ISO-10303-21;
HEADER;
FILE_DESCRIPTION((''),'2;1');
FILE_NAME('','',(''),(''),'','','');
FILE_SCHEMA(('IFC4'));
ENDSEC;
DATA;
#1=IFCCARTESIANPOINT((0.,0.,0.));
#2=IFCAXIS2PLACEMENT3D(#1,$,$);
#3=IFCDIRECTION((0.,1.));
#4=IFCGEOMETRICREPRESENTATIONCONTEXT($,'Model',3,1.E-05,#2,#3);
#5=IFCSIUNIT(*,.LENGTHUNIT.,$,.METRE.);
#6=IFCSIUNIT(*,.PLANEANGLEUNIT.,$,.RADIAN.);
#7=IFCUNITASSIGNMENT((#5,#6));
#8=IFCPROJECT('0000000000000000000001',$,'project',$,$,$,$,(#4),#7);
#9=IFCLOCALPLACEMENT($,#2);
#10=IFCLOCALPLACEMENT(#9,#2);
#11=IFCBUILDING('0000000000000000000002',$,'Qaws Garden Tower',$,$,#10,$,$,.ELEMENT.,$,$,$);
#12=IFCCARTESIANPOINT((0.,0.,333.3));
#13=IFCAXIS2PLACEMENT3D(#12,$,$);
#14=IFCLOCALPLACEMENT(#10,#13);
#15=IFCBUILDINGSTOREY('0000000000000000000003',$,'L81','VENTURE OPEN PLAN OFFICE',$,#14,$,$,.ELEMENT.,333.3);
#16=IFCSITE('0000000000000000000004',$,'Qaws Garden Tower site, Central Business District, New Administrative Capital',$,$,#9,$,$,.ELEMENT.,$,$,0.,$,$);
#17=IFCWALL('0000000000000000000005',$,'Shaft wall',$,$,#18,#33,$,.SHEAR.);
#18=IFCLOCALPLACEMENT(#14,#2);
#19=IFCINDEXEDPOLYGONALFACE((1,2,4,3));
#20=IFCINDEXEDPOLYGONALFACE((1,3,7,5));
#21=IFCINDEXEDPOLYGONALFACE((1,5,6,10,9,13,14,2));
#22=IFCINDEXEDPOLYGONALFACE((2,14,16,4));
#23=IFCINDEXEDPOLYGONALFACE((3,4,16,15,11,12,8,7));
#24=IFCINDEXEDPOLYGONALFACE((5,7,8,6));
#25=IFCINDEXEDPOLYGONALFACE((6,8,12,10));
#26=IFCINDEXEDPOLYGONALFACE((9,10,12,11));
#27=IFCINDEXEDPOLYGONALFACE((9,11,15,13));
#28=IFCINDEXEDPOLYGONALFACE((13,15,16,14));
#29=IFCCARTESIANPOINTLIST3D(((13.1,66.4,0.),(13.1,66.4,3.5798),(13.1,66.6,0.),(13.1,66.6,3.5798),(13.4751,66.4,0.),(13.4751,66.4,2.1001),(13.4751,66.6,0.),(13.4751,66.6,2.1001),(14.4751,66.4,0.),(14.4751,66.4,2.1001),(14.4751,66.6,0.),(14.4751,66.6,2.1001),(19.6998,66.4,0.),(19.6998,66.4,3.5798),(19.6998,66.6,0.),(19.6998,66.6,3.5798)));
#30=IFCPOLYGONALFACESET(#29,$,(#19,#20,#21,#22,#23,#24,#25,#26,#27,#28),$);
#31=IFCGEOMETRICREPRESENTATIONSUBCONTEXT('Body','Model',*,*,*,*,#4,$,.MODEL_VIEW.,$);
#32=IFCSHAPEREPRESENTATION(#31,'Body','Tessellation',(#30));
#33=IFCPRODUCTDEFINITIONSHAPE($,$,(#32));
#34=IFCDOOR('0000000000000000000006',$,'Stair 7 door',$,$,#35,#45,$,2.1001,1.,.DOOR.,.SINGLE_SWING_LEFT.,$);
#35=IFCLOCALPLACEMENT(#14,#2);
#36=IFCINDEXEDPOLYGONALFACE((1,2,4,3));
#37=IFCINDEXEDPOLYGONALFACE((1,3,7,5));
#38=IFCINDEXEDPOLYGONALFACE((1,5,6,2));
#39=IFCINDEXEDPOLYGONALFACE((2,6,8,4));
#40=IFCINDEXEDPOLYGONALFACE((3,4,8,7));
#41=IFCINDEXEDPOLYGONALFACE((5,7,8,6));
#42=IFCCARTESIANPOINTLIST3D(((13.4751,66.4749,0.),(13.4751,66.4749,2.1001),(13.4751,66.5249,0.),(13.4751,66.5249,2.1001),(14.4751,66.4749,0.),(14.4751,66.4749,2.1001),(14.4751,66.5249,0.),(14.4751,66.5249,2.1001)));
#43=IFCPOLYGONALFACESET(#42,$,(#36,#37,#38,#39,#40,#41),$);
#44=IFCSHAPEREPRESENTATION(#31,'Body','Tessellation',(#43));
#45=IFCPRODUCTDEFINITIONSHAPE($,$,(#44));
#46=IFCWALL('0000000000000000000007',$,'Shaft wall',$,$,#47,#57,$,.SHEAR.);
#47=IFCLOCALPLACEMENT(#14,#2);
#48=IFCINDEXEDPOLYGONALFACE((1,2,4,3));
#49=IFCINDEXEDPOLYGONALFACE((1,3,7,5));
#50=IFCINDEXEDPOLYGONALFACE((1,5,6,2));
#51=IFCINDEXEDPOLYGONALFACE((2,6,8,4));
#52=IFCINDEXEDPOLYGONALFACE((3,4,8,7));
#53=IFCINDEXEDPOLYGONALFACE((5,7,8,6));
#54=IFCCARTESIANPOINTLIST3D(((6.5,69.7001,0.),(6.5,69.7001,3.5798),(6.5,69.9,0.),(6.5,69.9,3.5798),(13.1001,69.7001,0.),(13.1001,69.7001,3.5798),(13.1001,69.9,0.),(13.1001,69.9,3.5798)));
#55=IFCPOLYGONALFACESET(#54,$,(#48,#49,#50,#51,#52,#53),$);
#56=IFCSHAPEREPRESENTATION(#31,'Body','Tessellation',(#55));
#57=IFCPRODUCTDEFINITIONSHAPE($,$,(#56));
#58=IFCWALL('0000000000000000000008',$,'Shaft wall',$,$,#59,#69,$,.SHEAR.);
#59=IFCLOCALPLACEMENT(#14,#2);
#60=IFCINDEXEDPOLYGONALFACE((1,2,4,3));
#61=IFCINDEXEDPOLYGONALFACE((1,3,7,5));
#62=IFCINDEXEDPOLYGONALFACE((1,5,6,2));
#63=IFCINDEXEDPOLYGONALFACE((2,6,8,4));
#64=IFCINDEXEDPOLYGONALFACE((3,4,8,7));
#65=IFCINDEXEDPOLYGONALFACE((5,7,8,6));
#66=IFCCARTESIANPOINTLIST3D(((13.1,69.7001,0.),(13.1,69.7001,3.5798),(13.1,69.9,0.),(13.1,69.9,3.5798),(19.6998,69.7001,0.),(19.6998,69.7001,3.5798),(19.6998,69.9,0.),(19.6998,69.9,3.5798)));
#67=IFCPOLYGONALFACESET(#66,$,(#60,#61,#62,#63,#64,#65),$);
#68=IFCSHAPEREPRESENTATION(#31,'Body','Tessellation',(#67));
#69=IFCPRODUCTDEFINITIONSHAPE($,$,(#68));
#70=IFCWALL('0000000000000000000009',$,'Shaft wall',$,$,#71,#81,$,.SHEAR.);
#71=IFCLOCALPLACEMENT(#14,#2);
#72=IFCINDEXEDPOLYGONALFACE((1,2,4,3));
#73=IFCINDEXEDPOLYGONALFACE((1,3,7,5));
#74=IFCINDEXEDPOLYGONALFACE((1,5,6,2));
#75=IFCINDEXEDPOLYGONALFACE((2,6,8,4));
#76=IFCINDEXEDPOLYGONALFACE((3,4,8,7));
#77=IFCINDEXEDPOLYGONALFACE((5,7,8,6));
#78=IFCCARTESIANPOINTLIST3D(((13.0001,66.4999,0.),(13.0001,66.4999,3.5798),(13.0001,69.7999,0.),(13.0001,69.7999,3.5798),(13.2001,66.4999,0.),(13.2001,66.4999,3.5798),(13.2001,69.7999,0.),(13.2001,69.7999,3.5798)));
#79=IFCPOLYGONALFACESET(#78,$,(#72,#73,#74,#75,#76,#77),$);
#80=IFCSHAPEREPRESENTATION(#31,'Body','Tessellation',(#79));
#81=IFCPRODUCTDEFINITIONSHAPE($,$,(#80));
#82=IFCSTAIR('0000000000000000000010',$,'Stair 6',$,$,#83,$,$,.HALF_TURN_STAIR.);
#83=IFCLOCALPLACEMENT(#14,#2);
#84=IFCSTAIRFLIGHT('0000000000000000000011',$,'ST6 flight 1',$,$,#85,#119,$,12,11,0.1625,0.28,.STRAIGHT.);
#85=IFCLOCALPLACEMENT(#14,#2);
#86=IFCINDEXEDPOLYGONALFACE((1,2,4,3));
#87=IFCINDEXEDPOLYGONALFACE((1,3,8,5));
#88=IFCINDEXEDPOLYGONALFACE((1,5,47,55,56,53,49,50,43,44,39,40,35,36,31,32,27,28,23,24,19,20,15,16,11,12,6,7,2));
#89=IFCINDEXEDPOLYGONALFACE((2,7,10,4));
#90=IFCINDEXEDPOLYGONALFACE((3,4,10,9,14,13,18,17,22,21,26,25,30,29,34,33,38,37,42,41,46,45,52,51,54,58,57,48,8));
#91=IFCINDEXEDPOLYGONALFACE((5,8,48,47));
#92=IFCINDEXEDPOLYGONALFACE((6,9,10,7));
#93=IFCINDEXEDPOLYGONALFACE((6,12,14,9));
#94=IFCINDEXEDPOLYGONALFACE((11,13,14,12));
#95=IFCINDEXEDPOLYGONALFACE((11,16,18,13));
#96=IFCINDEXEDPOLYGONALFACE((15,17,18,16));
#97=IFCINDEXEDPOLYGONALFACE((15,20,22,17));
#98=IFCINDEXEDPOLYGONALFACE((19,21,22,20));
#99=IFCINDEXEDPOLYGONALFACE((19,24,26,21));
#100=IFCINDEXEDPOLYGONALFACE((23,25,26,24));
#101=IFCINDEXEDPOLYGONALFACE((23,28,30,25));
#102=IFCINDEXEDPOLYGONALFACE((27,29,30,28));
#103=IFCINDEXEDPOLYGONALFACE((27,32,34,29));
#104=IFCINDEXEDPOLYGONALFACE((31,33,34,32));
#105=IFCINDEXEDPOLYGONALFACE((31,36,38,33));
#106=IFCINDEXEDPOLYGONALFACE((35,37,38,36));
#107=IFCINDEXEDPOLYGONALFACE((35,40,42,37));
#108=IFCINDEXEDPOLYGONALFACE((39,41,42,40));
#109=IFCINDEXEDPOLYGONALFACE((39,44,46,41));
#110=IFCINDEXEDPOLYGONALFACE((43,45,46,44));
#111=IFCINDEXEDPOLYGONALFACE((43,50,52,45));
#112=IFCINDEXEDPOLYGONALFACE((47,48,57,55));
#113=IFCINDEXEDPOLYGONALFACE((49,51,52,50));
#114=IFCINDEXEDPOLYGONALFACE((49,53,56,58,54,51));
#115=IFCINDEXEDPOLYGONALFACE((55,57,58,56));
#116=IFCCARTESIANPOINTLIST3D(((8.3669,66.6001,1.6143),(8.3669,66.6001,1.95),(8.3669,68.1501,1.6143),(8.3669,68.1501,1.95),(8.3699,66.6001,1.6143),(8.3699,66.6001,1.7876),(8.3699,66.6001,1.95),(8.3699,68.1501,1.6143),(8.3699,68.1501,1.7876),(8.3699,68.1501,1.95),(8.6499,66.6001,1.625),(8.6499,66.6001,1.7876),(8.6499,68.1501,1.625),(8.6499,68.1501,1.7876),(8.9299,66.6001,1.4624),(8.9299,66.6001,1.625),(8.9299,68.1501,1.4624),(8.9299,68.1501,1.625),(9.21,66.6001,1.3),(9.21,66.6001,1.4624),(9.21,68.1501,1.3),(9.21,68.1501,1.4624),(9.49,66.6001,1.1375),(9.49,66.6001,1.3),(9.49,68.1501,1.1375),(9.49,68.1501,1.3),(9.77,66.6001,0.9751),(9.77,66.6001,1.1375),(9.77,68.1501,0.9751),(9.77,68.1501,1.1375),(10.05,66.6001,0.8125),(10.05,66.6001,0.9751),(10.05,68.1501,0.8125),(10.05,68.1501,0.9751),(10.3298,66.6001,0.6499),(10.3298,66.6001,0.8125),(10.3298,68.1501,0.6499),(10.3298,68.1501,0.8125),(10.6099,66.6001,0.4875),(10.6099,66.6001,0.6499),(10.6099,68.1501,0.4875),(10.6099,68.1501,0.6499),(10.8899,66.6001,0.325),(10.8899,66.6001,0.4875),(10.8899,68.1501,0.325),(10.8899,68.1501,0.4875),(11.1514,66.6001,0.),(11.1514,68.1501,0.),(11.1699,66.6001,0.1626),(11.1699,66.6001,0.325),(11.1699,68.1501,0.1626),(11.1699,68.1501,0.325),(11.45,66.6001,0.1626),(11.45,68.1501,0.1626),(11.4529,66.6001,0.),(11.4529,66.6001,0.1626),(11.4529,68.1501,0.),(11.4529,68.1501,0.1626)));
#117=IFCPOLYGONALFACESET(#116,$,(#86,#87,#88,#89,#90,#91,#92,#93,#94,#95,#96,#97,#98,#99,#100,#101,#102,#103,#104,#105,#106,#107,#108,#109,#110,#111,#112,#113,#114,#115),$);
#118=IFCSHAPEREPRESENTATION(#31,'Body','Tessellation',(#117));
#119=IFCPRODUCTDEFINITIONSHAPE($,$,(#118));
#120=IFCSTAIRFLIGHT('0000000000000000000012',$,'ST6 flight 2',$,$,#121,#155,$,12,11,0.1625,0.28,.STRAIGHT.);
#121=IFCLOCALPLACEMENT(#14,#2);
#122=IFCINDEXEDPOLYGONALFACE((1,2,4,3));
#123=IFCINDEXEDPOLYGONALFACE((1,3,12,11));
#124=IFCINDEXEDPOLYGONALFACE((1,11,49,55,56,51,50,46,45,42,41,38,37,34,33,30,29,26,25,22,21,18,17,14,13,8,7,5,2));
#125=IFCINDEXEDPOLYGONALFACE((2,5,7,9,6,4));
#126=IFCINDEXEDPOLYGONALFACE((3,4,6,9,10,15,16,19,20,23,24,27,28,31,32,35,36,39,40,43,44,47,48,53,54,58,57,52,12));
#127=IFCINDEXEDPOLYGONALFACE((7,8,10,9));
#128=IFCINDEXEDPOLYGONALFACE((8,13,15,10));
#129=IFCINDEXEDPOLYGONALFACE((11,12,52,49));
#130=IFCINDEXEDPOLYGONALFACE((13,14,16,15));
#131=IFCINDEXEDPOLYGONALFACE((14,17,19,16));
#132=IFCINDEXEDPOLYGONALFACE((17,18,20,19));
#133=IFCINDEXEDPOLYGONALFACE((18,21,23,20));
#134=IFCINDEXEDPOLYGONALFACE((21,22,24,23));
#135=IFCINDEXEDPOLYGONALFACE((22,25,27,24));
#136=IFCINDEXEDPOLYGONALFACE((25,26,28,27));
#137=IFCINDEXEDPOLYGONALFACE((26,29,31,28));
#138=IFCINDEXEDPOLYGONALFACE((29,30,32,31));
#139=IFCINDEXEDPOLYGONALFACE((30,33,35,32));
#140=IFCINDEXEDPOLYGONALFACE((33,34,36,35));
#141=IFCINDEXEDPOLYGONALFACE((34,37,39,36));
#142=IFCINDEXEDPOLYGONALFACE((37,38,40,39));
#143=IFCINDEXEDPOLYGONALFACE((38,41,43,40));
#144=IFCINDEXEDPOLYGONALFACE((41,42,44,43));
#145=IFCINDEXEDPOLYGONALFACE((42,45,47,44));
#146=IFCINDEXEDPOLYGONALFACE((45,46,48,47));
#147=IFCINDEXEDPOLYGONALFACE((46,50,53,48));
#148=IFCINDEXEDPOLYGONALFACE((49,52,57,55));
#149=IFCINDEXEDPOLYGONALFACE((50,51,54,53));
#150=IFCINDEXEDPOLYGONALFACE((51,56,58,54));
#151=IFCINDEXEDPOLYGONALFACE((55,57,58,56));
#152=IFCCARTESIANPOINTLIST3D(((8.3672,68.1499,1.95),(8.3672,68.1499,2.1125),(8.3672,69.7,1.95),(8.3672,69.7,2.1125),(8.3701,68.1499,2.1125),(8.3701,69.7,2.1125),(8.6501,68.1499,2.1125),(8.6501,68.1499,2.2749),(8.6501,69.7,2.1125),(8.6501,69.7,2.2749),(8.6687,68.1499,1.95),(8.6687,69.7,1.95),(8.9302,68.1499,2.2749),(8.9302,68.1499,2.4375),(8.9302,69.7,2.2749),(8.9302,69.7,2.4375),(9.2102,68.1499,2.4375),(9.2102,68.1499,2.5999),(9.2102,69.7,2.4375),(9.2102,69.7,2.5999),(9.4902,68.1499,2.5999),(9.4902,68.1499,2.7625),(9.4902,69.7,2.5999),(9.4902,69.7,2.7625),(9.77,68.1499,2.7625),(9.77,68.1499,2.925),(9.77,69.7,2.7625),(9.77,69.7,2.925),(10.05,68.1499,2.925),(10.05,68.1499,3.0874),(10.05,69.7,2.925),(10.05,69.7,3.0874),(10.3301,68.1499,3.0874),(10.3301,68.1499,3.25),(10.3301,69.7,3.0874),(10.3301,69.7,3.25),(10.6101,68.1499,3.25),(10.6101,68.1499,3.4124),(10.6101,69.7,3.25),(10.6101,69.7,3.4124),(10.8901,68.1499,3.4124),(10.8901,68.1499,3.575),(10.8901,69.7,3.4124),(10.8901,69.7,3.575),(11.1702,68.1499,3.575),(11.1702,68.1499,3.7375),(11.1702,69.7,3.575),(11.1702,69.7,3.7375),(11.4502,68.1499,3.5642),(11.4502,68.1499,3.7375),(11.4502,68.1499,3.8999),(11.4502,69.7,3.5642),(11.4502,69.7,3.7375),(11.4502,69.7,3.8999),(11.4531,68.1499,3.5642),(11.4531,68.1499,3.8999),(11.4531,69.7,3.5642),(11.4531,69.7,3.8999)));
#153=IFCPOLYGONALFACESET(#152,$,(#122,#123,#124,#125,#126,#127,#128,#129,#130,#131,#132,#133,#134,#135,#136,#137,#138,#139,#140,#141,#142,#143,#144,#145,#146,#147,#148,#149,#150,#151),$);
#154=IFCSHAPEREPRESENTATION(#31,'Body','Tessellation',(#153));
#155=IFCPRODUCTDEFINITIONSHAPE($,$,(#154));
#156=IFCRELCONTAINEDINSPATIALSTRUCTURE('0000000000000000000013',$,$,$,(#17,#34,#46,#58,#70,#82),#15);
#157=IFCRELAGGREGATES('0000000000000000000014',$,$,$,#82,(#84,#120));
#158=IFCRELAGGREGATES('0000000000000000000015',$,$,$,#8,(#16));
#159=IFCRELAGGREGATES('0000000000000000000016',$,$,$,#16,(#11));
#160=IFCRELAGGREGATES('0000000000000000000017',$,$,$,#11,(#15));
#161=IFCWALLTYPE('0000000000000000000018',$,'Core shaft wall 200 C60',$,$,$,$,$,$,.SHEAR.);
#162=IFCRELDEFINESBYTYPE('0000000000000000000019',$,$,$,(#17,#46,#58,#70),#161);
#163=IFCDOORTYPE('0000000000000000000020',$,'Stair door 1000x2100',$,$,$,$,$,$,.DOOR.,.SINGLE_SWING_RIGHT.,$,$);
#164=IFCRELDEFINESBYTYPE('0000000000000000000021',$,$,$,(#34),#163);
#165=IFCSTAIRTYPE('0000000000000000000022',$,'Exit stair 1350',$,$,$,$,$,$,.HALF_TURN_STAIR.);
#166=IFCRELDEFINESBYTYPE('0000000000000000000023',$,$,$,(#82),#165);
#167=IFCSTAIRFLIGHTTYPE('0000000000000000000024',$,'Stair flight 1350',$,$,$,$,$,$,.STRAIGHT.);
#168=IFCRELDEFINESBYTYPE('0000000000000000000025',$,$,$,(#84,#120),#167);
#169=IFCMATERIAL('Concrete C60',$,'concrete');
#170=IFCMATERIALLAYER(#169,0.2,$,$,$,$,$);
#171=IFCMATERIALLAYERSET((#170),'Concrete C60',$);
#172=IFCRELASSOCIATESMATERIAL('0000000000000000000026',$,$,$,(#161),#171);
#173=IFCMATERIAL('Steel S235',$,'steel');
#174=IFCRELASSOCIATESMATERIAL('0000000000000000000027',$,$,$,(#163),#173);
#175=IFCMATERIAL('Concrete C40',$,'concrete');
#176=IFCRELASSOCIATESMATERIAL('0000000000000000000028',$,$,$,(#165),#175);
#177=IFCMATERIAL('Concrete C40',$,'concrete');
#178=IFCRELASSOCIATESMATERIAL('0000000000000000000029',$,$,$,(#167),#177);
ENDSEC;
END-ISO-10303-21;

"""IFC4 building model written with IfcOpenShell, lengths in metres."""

from ifc_helpers import new_model, si_unit, direction, frame, frame_2d, origin, place, context, subcontext, project, spatial, polyline, rectangle, outline, extrude, material, layer, layer_set, type_object, element, fill, aggregate, save


model = new_model("IFC4")

# Units and contexts
model_context = context("Model", 3, precision=1e-05, world=origin(), true_north=direction((0.0, 1.0)))
body_context = subcontext(model_context, "Body", "Model", "MODEL_VIEW")
ifc_project = project(units=[si_unit("LENGTHUNIT", "METRE"), si_unit("PLANEANGLEUNIT", "RADIAN")], contexts=[model_context])

# Site, building, storey
site_placement = place(None, origin())
site = spatial("IfcSite", under=ifc_project, at=site_placement, Name="Qaws Garden Tower site, Central Business District, New Administrative Capital", CompositionType="ELEMENT", RefElevation=0.0)
building_placement = place(site_placement, origin())
building = spatial("IfcBuilding", under=site, at=building_placement, Name="Qaws Garden Tower", CompositionType="ELEMENT")
storey_placement = place(building_placement, frame((0.0, 0.0, 333.3)))
storey = spatial("IfcBuildingStorey", under=building, at=storey_placement, Name="L81", Description="VENTURE OPEN PLAN OFFICE", CompositionType="ELEMENT", Elevation=333.3)

# Wall, opening, door
ifc_material_1 = material(Name="Concrete C60", Category="concrete")
ifc_layer_1 = layer(ifc_material_1, 0.2)
ifc_layer_set_1 = layer_set([ifc_layer_1], Name="Concrete C60")
wall_type_1 = type_object("IfcWallType", Name="Core shaft wall 200 C60", PredefinedType="SHEAR", material=ifc_layer_set_1)
wall_1_placement = place(storey_placement, frame((13.1001, 66.5, 0.0), z_axis=(0.0, 0.0, 1.0), x_axis=(1.0, 0.0, 0.0)))
wall_1 = element("IfcWall", 1, at=wall_1_placement, inside=storey, type_object=wall_type_1, Name="Shaft wall", PredefinedType="SHEAR", context=body_context, shape_type="SweptSolid", body=[
    extrude(rectangle(XDim=6.5999, YDim=0.2, at=frame_2d((3.2998, 0.0))), origin(), (0.0, 0.0, 1.0), 3.5798),
])
opening_1_placement = place(wall_1_placement, frame((0.375, 0.0, 0.0)))
opening_1 = element("IfcOpeningElement", 2, at=opening_1_placement, cuts=wall_1, PredefinedType="OPENING", context=body_context, shape_type="SweptSolid", body=[
    extrude(rectangle(XDim=1.0, YDim=2.1001, at=frame_2d((0.5, 1.05))), frame((0.0, 0.1099, 0.0), z_axis=(0.0, -1.0, 0.0), x_axis=(1.0, 0.0, 0.0)), (0.0, 0.0, 1.0), 0.22),
])
ifc_material_2 = material(Name="Steel S235", Category="steel")
door_type = type_object("IfcDoorType", Name="Stair door 1000x2100", OperationType="SINGLE_SWING_RIGHT", PredefinedType="DOOR", material=ifc_material_2)
door_placement = place(opening_1_placement, origin())
door = element("IfcDoor", 3, at=door_placement, inside=storey, type_object=door_type, Name="Stair 7 door", OperationType="SINGLE_SWING_LEFT", OverallHeight=2.1001, OverallWidth=1.0, PredefinedType="DOOR", context=body_context, shape_type="SweptSolid", body=[
    extrude(rectangle(XDim=1.0, YDim=2.1001, at=frame_2d((0.5, 1.05))), frame((0.0, 0.0249, 0.0), z_axis=(0.0, -1.0, 0.0), x_axis=(1.0, 0.0, 0.0)), (0.0, 0.0, 1.0), 0.05),
])
fill(opening_1, door)

# Walls
wall_2_placement = place(storey_placement, frame((6.5, 69.8, 0.0), z_axis=(0.0, 0.0, 1.0), x_axis=(1.0, 0.0, 0.0)))
element("IfcWall", 4, at=wall_2_placement, inside=storey, type_object=wall_type_1, Name="Shaft wall", PredefinedType="SHEAR", context=body_context, shape_type="SweptSolid", body=[
    extrude(rectangle(XDim=6.6001, YDim=0.2, at=frame_2d((3.3, 0.0))), origin(), (0.0, 0.0, 1.0), 3.5798),
])
wall_3_placement = place(storey_placement, frame((13.1001, 69.8, 0.0), z_axis=(0.0, 0.0, 1.0), x_axis=(1.0, 0.0, 0.0)))
element("IfcWall", 5, at=wall_3_placement, inside=storey, type_object=wall_type_1, Name="Shaft wall", PredefinedType="SHEAR", context=body_context, shape_type="SweptSolid", body=[
    extrude(rectangle(XDim=6.5999, YDim=0.2, at=frame_2d((3.2998, 0.0))), origin(), (0.0, 0.0, 1.0), 3.5798),
])
wall_4_placement = place(storey_placement, frame((13.1001, 66.5, 0.0), z_axis=(0.0, 0.0, 1.0), x_axis=(0.0, 1.0, 0.0)))
element("IfcWall", 6, at=wall_4_placement, inside=storey, type_object=wall_type_1, Name="Shaft wall", PredefinedType="SHEAR", context=body_context, shape_type="SweptSolid", body=[
    extrude(rectangle(XDim=3.3, YDim=0.2, at=frame_2d((1.6499, 0.0))), origin(), (0.0, 0.0, 1.0), 3.5798),
])

# Stair, stair flights
ifc_material_3 = material(Name="Concrete C40", Category="concrete")
stair_type = type_object("IfcStairType", Name="Exit stair 1350", PredefinedType="HALF_TURN_STAIR", material=ifc_material_3)
stair_placement = place(storey_placement, origin())
stair = element("IfcStair", 7, at=stair_placement, inside=storey, type_object=stair_type, Name="Stair 6", PredefinedType="HALF_TURN_STAIR")
ifc_material_4 = material(Name="Concrete C40", Category="concrete")
stair_flight_type = type_object("IfcStairFlightType", Name="Stair flight 1350", PredefinedType="STRAIGHT", material=ifc_material_4)
stair_flight_1_placement = place(storey_placement, frame((11.45, 67.375, 0.0), z_axis=(0.0, 0.0, 1.0), x_axis=(-1.0, 0.0, 0.0)))
stair_flight_1 = element("IfcStairFlight", 8, at=stair_flight_1_placement, type_object=stair_flight_type, Name="ST6 flight 1", NumberOfRisers=12, NumberOfTreads=11, PredefinedType="STRAIGHT", RiserHeight=0.1625, TreadLength=0.28, context=body_context, shape_type="SweptSolid", body=[
    extrude(outline(polyline([(-0.0029, 0.0), (-0.0029, 0.1626), (0.0, 0.1626), (0.28, 0.1626), (0.28, 0.325), (0.5601, 0.325), (0.5601, 0.4875), (0.8401, 0.4875), (0.8401, 0.6499), (1.1201, 0.6499), (1.1201, 0.8125), (1.3999, 0.8125), (1.3999, 0.9751), (1.6799, 0.9751), (1.6799, 1.1375), (1.96, 1.1375), (1.96, 1.3), (2.24, 1.3), (2.24, 1.4624), (2.52, 1.4624), (2.52, 1.625), (2.8, 1.625), (2.8, 1.7876), (3.0801, 1.7876), (3.0801, 1.95), (3.083, 1.95), (3.083, 1.6143), (3.0801, 1.6143), (0.2986, 0.0), (-0.0029, 0.0)])), frame((0.0, 0.7749, 0.0), z_axis=(0.0, -1.0, 0.0), x_axis=(1.0, 0.0, 0.0)), (0.0, 0.0, 1.0), 1.55),
])
stair_flight_2_placement = place(storey_placement, frame((8.3701, 68.925, 1.95), z_axis=(0.0, 0.0, 1.0), x_axis=(1.0, 0.0, 0.0)))
stair_flight_2 = element("IfcStairFlight", 9, at=stair_flight_2_placement, type_object=stair_flight_type, Name="ST6 flight 2", NumberOfRisers=12, NumberOfTreads=11, PredefinedType="STRAIGHT", RiserHeight=0.1625, TreadLength=0.28, context=body_context, shape_type="SweptSolid", body=[
    extrude(outline(polyline([(-0.0029, 0.0), (-0.0029, 0.1626), (0.0, 0.1626), (0.28, 0.1626), (0.28, 0.325), (0.5601, 0.325), (0.5601, 0.4875), (0.8401, 0.4875), (0.8401, 0.6499), (1.1201, 0.6499), (1.1201, 0.8125), (1.3999, 0.8125), (1.3999, 0.9751), (1.6799, 0.9751), (1.6799, 1.1375), (1.96, 1.1375), (1.96, 1.3), (2.24, 1.3), (2.24, 1.4624), (2.52, 1.4624), (2.52, 1.625), (2.8, 1.625), (2.8, 1.7876), (3.0801, 1.7876), (3.0801, 1.95), (3.083, 1.95), (3.083, 1.6143), (3.0801, 1.6143), (0.2986, 0.0), (-0.0029, 0.0)])), frame((0.0, 0.7749, 0.0), z_axis=(0.0, -1.0, 0.0), x_axis=(1.0, 0.0, 0.0)), (0.0, 0.0, 1.0), 1.55),
])
aggregate(stair, [stair_flight_1, stair_flight_2])

save(model, "model.ifc")
